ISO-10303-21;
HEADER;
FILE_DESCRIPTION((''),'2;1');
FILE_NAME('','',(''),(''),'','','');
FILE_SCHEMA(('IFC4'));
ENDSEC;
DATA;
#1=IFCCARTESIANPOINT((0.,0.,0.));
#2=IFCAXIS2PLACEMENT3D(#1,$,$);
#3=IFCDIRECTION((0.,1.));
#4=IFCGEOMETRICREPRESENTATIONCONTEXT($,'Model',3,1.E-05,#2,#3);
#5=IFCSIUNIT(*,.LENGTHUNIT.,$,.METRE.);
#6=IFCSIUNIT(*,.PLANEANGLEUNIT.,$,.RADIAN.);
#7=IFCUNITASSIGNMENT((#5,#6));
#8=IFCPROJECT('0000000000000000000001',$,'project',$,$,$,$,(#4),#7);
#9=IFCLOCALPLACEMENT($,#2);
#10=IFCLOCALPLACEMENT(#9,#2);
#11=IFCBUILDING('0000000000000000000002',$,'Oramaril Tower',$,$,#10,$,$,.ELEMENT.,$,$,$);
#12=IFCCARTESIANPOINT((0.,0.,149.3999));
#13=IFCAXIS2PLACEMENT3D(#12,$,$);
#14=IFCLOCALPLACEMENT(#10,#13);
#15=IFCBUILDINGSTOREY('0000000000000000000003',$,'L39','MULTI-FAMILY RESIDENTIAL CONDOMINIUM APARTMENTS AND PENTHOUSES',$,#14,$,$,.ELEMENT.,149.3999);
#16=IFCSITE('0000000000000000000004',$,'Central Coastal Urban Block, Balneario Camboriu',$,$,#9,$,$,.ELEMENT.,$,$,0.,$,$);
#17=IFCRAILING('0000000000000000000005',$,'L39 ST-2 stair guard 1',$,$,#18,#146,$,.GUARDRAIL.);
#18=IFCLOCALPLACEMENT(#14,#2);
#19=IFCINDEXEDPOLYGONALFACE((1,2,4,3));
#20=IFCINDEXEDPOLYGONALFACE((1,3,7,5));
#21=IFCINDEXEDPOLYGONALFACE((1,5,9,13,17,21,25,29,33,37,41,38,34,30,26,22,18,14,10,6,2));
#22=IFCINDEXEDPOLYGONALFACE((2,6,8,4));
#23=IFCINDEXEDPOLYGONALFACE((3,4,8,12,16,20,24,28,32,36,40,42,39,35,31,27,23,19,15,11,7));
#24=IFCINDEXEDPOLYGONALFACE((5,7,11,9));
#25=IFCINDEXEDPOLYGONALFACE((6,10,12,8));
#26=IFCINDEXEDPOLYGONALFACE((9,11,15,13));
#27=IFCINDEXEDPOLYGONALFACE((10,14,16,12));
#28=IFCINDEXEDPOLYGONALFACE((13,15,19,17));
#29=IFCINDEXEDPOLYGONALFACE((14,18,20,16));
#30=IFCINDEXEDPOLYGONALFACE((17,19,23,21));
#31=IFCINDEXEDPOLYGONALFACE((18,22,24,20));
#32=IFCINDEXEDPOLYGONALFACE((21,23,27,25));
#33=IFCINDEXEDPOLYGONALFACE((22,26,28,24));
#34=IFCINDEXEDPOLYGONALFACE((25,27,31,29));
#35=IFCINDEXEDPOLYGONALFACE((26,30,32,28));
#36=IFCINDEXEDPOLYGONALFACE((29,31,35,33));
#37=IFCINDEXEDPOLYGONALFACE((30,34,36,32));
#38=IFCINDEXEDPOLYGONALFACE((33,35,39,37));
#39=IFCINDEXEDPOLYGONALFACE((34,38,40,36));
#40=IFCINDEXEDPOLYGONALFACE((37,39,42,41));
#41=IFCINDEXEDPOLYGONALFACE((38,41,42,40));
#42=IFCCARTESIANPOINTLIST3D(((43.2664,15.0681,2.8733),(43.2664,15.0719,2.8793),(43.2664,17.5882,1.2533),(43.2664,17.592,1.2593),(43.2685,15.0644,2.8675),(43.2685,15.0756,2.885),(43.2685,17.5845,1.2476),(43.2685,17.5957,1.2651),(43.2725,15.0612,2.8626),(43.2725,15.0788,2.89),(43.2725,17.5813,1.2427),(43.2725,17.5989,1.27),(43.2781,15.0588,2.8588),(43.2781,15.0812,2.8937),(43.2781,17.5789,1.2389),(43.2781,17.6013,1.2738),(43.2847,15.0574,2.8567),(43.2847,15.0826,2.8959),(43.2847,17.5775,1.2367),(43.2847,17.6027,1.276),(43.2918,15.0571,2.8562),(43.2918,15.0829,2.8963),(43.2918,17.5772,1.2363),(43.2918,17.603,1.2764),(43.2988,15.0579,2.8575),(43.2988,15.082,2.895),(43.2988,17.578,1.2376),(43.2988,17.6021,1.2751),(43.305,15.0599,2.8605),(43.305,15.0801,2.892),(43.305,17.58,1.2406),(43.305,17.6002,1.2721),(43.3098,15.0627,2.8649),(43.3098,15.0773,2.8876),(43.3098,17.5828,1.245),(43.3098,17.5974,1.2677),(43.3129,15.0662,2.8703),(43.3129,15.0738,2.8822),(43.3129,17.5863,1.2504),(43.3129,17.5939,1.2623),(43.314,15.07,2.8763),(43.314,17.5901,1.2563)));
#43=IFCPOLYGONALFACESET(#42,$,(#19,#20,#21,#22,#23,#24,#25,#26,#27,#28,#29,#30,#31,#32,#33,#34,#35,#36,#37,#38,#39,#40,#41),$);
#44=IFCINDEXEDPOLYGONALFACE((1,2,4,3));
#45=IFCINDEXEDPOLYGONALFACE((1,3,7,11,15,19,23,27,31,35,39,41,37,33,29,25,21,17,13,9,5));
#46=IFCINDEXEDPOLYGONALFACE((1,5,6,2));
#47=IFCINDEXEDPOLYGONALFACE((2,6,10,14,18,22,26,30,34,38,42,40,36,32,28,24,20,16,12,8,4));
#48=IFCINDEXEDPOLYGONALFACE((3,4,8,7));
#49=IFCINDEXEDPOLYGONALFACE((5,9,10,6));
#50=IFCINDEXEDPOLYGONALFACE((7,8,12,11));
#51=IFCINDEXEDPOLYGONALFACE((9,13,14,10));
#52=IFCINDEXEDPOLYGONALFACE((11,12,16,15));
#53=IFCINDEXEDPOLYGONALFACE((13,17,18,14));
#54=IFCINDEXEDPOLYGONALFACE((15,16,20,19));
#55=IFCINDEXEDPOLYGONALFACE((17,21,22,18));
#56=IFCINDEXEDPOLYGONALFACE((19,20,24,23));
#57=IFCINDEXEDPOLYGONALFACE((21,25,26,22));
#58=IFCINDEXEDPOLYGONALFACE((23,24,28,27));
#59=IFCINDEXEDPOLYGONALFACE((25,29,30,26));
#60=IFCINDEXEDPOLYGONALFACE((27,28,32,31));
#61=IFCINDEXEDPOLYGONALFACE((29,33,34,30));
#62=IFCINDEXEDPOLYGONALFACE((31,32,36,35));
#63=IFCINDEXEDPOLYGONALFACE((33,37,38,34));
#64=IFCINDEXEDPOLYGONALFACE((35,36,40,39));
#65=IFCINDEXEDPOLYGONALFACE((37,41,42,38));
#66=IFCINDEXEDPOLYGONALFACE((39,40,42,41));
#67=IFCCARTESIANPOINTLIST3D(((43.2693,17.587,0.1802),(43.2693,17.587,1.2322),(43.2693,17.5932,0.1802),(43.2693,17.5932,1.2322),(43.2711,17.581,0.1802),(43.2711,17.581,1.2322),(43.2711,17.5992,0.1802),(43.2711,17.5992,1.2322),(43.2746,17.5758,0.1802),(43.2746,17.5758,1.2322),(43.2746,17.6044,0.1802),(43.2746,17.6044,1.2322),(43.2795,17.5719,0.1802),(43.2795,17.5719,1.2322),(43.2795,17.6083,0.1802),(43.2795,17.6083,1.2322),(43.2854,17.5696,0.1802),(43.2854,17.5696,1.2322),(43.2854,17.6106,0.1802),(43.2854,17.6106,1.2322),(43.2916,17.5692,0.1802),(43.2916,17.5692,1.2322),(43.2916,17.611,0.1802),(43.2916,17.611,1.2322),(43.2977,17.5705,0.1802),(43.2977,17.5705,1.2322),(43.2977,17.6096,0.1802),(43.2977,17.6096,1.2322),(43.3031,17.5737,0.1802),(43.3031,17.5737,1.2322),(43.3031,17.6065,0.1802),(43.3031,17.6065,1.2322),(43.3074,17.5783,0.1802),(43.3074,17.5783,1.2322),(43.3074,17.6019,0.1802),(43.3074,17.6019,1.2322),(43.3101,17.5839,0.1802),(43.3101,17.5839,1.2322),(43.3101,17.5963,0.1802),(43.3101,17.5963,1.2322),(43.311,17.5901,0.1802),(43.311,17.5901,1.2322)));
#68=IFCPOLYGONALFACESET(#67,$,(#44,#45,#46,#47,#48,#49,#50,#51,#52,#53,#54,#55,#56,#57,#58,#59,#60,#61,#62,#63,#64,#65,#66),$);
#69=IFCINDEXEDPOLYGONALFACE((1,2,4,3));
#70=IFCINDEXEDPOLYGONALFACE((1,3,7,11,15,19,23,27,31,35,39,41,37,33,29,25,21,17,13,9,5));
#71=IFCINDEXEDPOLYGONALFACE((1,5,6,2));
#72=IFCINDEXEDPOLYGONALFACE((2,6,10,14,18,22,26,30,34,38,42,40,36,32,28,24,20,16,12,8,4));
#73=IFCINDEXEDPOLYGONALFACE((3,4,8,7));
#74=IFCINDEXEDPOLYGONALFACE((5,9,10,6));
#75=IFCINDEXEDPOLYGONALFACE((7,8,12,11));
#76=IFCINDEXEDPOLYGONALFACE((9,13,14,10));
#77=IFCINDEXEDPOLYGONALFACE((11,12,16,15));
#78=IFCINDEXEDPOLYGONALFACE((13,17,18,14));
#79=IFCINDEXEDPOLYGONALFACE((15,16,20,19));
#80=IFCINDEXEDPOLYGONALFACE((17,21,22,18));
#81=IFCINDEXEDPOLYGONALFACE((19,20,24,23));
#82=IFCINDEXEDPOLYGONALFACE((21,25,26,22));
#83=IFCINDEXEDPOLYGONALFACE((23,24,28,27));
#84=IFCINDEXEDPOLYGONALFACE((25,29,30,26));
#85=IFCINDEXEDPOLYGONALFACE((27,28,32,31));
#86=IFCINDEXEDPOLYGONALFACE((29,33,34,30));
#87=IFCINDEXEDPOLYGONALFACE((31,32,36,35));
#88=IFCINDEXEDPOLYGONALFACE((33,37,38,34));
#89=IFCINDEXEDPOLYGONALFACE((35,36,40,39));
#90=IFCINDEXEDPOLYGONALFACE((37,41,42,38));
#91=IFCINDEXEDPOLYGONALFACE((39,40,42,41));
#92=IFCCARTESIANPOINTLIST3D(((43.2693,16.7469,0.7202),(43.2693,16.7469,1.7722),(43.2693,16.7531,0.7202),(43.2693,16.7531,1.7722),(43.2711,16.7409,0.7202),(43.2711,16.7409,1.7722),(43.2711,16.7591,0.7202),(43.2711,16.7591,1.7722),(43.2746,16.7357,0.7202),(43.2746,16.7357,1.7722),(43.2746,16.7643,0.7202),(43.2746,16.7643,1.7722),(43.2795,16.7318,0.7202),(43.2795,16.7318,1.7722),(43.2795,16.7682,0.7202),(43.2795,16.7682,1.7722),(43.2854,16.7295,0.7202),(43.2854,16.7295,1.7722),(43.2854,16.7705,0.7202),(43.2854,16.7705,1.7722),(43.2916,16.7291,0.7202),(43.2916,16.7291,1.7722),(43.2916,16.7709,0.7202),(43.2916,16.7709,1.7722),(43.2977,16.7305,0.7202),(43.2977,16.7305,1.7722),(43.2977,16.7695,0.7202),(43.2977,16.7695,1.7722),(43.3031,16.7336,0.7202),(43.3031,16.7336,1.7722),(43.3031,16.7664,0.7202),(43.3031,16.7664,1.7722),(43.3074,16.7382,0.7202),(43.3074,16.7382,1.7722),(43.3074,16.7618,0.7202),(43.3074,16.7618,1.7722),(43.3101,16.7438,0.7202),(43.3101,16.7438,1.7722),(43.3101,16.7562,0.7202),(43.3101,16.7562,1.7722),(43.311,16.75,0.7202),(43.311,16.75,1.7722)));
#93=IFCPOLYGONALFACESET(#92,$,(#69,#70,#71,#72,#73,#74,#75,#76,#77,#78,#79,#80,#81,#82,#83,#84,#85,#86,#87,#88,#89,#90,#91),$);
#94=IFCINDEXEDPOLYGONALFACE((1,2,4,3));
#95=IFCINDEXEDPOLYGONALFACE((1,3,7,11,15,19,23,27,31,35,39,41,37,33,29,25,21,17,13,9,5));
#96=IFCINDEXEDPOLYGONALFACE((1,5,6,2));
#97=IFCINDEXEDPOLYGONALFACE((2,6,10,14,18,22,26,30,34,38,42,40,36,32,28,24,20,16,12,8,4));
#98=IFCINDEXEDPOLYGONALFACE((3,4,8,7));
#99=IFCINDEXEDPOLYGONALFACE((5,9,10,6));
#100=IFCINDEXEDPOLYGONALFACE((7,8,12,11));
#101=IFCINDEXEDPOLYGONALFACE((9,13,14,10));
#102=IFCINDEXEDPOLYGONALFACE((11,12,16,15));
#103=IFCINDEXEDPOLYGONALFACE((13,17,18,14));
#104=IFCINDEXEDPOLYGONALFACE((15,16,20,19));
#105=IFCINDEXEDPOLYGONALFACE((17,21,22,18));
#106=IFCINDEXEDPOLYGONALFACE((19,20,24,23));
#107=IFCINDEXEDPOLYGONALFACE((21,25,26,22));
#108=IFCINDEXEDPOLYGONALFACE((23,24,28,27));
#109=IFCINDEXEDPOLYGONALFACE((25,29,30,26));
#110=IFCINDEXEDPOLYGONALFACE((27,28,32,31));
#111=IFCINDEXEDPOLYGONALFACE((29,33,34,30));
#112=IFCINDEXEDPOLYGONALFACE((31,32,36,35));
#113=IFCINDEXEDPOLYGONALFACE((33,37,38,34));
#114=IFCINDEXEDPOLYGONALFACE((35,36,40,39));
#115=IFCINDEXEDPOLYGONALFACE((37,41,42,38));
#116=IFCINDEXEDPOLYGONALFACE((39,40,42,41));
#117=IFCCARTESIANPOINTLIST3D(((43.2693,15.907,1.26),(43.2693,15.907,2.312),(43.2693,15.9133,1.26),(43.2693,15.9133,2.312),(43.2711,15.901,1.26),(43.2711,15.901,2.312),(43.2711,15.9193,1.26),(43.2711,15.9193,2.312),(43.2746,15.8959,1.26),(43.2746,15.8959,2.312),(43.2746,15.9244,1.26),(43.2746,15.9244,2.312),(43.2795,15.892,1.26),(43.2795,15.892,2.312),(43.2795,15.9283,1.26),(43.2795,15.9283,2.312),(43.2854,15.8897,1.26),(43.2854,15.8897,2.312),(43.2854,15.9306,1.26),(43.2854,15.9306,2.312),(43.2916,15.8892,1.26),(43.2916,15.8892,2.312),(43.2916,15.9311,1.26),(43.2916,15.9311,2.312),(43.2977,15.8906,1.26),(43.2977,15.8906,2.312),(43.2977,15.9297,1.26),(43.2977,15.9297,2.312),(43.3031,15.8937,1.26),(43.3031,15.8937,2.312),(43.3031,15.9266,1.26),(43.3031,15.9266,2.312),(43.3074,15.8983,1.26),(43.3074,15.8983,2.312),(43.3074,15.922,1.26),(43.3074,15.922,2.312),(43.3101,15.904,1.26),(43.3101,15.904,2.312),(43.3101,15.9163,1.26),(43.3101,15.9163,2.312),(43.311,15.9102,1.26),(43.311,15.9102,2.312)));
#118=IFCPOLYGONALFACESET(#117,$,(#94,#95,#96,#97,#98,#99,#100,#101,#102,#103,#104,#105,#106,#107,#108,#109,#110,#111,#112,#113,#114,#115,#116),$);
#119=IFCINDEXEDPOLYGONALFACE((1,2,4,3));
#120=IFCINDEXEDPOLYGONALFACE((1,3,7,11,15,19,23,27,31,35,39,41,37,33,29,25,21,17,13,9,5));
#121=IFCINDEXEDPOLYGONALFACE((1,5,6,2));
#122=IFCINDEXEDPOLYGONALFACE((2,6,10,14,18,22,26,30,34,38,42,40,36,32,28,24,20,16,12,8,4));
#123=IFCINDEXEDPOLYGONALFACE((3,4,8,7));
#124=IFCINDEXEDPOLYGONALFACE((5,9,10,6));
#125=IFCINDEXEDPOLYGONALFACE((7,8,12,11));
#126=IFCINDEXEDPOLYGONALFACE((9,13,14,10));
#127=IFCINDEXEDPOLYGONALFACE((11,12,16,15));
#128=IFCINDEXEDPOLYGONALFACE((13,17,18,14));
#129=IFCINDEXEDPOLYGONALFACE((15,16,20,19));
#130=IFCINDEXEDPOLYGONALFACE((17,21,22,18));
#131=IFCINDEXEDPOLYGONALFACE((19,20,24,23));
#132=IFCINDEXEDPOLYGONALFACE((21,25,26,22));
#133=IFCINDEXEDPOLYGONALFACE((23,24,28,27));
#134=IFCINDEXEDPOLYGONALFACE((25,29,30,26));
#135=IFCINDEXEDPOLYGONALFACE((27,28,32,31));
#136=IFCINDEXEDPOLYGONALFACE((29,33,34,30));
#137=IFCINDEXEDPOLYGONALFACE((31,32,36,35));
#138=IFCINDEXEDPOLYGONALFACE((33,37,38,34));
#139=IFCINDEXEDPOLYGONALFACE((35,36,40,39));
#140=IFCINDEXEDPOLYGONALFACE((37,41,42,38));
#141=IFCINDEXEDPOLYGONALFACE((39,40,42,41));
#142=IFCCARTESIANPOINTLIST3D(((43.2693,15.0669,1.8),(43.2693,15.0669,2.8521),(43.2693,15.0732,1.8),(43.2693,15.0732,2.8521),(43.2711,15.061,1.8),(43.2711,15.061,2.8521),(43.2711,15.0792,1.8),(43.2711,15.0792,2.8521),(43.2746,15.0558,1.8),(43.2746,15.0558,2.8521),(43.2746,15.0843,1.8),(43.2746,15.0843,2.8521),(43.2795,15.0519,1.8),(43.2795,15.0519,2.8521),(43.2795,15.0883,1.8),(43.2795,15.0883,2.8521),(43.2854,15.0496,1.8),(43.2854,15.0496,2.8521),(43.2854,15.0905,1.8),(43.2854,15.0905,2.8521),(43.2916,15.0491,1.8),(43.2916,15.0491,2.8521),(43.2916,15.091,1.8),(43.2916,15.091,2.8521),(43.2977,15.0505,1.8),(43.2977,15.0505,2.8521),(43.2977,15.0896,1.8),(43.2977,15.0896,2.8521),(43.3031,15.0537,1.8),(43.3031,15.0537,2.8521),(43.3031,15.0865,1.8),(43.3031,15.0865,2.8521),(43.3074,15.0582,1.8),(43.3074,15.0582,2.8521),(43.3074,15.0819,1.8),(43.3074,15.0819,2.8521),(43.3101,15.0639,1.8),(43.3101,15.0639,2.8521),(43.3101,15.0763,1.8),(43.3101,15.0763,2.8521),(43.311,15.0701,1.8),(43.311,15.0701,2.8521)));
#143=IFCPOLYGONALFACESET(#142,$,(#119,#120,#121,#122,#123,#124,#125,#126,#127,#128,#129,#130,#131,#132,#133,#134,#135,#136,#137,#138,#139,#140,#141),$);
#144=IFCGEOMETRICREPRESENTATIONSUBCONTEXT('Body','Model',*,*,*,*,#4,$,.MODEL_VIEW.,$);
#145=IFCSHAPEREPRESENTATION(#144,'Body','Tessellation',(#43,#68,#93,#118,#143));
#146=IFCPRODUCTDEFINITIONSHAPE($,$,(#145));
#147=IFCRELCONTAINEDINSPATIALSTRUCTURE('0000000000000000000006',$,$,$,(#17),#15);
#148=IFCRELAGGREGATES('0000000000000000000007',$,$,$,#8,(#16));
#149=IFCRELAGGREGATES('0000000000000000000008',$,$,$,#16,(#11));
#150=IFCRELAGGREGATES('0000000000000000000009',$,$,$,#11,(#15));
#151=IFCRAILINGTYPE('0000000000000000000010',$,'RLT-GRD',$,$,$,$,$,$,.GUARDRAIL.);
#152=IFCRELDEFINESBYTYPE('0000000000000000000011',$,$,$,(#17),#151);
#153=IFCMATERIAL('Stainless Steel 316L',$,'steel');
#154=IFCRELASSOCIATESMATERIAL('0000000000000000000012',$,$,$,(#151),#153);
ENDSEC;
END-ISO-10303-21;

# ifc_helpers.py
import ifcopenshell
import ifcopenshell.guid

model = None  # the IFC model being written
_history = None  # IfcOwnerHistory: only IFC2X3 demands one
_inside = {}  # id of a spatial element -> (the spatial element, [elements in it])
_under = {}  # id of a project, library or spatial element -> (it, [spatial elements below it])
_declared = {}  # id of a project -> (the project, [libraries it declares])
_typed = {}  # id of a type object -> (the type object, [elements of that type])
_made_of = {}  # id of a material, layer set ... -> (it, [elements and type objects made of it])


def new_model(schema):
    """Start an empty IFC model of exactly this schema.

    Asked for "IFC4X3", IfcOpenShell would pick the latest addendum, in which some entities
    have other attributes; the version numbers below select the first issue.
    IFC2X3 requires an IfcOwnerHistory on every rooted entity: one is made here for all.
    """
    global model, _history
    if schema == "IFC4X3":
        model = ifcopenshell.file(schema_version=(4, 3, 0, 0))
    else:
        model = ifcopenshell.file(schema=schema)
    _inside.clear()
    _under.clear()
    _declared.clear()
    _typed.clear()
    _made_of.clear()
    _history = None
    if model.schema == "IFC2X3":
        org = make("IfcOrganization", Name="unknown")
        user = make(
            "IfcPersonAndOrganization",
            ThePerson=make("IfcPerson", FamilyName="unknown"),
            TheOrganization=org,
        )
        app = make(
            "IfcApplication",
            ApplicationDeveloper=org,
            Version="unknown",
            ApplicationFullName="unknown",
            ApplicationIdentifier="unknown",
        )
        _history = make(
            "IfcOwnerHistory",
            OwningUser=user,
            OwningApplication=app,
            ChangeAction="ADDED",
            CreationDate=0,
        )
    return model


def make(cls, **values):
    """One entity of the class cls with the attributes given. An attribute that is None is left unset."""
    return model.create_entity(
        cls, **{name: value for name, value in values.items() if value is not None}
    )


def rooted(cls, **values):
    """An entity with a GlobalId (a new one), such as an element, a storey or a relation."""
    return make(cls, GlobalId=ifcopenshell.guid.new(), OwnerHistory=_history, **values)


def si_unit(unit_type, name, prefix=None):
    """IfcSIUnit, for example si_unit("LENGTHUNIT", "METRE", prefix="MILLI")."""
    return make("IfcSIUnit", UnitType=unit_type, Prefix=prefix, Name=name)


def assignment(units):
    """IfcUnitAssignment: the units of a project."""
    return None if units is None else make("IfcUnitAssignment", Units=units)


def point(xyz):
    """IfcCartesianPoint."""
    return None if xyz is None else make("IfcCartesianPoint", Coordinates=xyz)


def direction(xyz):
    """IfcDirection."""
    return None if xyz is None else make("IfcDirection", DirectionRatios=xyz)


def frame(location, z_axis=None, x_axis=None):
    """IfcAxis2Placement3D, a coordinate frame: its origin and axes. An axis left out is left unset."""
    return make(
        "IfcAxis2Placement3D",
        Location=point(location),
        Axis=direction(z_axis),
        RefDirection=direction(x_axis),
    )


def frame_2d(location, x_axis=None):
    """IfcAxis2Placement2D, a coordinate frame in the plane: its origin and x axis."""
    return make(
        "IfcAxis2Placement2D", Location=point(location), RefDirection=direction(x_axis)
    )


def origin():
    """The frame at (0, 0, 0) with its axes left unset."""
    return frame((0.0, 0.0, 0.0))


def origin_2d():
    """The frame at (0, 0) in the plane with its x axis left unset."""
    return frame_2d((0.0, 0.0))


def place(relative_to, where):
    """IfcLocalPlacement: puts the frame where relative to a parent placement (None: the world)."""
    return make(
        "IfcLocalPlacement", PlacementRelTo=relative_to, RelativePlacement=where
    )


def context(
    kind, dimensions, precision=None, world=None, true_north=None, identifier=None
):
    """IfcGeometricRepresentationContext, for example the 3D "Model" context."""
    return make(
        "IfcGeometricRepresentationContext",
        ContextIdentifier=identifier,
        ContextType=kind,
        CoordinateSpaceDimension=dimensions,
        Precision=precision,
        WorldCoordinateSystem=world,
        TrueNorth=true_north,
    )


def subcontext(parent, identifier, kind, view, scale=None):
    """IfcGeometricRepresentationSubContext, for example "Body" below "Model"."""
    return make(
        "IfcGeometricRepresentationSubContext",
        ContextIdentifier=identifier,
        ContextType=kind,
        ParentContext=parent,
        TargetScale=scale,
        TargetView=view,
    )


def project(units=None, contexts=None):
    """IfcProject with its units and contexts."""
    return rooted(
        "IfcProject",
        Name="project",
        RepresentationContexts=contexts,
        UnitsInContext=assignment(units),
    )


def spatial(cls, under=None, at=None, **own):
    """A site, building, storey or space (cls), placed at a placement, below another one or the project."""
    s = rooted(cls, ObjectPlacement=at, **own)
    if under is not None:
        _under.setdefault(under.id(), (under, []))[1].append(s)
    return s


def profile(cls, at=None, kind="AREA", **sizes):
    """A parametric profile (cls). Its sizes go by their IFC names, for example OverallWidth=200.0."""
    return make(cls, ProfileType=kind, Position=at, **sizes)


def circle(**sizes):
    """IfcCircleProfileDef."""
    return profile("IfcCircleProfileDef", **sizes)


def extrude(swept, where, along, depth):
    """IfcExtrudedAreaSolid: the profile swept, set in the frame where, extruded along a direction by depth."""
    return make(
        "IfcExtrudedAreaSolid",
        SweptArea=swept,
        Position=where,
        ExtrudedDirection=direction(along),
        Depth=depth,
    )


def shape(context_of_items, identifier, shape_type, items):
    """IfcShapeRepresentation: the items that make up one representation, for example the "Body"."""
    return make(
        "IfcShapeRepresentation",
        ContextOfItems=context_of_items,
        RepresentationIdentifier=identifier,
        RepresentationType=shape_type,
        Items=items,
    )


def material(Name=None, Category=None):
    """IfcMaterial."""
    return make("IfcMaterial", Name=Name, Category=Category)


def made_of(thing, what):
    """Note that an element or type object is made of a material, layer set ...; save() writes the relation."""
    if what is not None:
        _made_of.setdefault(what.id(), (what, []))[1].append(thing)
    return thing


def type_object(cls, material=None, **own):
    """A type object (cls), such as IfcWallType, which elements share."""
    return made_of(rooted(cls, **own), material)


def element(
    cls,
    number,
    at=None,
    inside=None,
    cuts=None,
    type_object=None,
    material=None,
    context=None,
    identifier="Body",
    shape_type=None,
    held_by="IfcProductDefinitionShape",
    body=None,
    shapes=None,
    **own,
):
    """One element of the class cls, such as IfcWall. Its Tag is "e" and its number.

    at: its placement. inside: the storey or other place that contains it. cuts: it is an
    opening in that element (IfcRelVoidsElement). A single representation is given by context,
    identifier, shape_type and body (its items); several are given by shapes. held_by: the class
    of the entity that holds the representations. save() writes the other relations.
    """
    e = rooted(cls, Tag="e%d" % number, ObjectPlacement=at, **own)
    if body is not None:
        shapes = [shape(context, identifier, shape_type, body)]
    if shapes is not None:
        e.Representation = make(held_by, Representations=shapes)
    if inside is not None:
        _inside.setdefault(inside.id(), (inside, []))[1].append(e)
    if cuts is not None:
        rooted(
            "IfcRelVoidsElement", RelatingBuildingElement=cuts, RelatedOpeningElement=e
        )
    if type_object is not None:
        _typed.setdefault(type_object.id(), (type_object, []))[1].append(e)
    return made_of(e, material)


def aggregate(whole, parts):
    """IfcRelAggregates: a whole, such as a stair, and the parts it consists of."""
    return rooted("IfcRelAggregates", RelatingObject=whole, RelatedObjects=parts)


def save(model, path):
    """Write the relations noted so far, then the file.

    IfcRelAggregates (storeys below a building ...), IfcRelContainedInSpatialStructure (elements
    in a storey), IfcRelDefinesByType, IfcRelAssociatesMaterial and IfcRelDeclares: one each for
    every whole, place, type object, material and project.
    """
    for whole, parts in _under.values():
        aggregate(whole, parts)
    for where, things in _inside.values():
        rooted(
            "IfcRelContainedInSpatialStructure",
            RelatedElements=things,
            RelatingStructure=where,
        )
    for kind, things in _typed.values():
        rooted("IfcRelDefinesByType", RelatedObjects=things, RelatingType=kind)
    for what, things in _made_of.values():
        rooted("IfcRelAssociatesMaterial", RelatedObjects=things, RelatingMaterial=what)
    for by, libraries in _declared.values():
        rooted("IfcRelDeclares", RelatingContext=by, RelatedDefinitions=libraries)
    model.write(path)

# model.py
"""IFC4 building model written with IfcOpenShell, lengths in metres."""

from ifc_helpers import new_model, si_unit, direction, frame, origin, origin_2d, place, context, subcontext, project, spatial, circle, extrude, material, type_object, element, save


model = new_model("IFC4")

# Units and contexts
model_context = context("Model", 3, precision=1e-05, world=origin(), true_north=direction((0.0, 1.0)))
body_context = subcontext(model_context, "Body", "Model", "MODEL_VIEW")
ifc_project = project(units=[si_unit("LENGTHUNIT", "METRE"), si_unit("PLANEANGLEUNIT", "RADIAN")], contexts=[model_context])

# Site, building, storey
site_placement = place(None, origin())
site = spatial("IfcSite", under=ifc_project, at=site_placement, Name="Central Coastal Urban Block, Balneario Camboriu", CompositionType="ELEMENT", RefElevation=0.0)
building_placement = place(site_placement, origin())
building = spatial("IfcBuilding", under=site, at=building_placement, Name="Oramaril Tower", CompositionType="ELEMENT")
storey_placement = place(building_placement, frame((0.0, 0.0, 149.3999)))
storey = spatial("IfcBuildingStorey", under=building, at=storey_placement, Name="L39", Description="MULTI-FAMILY RESIDENTIAL CONDOMINIUM APARTMENTS AND PENTHOUSES", CompositionType="ELEMENT", Elevation=149.3999)

# Railing
ifc_material_1 = material(Name="Stainless Steel 316L", Category="steel")
railing_type_1 = type_object("IfcRailingType", Name="RLT-GRD", PredefinedType="GUARDRAIL", material=ifc_material_1)
railing_1_placement = place(storey_placement, frame((43.29, 17.5901, 0.1802)))
element("IfcRailing", 1, at=railing_1_placement, inside=storey, type_object=railing_type_1, Name="L39 ST-2 stair guard 1", PredefinedType="GUARDRAIL", context=body_context, shape_type="SweptSolid", body=[
    extrude(circle(Radius=0.0239, at=origin_2d()), frame((0.0, 0.0, 1.0762), z_axis=(0.0, -0.8412, 0.540725), x_axis=(1.0, 0.0, 0.0)), (0.0, 0.0, 1.0), 2.9958),
    extrude(circle(Radius=0.021, at=origin_2d()), origin(), (0.0, 0.0, 1.0), 1.052),
    extrude(circle(Radius=0.021, at=origin_2d()), frame((0.0, -0.8401, 0.54)), (0.0, 0.0, 1.0), 1.052),
    extrude(circle(Radius=0.021, at=origin_2d()), frame((0.0, -1.6799, 1.0798)), (0.0, 0.0, 1.0), 1.052),
    extrude(circle(Radius=0.021, at=origin_2d()), frame((0.0, -2.52, 1.6199)), (0.0, 0.0, 1.0), 1.052),
])

save(model, "model.ifc")
